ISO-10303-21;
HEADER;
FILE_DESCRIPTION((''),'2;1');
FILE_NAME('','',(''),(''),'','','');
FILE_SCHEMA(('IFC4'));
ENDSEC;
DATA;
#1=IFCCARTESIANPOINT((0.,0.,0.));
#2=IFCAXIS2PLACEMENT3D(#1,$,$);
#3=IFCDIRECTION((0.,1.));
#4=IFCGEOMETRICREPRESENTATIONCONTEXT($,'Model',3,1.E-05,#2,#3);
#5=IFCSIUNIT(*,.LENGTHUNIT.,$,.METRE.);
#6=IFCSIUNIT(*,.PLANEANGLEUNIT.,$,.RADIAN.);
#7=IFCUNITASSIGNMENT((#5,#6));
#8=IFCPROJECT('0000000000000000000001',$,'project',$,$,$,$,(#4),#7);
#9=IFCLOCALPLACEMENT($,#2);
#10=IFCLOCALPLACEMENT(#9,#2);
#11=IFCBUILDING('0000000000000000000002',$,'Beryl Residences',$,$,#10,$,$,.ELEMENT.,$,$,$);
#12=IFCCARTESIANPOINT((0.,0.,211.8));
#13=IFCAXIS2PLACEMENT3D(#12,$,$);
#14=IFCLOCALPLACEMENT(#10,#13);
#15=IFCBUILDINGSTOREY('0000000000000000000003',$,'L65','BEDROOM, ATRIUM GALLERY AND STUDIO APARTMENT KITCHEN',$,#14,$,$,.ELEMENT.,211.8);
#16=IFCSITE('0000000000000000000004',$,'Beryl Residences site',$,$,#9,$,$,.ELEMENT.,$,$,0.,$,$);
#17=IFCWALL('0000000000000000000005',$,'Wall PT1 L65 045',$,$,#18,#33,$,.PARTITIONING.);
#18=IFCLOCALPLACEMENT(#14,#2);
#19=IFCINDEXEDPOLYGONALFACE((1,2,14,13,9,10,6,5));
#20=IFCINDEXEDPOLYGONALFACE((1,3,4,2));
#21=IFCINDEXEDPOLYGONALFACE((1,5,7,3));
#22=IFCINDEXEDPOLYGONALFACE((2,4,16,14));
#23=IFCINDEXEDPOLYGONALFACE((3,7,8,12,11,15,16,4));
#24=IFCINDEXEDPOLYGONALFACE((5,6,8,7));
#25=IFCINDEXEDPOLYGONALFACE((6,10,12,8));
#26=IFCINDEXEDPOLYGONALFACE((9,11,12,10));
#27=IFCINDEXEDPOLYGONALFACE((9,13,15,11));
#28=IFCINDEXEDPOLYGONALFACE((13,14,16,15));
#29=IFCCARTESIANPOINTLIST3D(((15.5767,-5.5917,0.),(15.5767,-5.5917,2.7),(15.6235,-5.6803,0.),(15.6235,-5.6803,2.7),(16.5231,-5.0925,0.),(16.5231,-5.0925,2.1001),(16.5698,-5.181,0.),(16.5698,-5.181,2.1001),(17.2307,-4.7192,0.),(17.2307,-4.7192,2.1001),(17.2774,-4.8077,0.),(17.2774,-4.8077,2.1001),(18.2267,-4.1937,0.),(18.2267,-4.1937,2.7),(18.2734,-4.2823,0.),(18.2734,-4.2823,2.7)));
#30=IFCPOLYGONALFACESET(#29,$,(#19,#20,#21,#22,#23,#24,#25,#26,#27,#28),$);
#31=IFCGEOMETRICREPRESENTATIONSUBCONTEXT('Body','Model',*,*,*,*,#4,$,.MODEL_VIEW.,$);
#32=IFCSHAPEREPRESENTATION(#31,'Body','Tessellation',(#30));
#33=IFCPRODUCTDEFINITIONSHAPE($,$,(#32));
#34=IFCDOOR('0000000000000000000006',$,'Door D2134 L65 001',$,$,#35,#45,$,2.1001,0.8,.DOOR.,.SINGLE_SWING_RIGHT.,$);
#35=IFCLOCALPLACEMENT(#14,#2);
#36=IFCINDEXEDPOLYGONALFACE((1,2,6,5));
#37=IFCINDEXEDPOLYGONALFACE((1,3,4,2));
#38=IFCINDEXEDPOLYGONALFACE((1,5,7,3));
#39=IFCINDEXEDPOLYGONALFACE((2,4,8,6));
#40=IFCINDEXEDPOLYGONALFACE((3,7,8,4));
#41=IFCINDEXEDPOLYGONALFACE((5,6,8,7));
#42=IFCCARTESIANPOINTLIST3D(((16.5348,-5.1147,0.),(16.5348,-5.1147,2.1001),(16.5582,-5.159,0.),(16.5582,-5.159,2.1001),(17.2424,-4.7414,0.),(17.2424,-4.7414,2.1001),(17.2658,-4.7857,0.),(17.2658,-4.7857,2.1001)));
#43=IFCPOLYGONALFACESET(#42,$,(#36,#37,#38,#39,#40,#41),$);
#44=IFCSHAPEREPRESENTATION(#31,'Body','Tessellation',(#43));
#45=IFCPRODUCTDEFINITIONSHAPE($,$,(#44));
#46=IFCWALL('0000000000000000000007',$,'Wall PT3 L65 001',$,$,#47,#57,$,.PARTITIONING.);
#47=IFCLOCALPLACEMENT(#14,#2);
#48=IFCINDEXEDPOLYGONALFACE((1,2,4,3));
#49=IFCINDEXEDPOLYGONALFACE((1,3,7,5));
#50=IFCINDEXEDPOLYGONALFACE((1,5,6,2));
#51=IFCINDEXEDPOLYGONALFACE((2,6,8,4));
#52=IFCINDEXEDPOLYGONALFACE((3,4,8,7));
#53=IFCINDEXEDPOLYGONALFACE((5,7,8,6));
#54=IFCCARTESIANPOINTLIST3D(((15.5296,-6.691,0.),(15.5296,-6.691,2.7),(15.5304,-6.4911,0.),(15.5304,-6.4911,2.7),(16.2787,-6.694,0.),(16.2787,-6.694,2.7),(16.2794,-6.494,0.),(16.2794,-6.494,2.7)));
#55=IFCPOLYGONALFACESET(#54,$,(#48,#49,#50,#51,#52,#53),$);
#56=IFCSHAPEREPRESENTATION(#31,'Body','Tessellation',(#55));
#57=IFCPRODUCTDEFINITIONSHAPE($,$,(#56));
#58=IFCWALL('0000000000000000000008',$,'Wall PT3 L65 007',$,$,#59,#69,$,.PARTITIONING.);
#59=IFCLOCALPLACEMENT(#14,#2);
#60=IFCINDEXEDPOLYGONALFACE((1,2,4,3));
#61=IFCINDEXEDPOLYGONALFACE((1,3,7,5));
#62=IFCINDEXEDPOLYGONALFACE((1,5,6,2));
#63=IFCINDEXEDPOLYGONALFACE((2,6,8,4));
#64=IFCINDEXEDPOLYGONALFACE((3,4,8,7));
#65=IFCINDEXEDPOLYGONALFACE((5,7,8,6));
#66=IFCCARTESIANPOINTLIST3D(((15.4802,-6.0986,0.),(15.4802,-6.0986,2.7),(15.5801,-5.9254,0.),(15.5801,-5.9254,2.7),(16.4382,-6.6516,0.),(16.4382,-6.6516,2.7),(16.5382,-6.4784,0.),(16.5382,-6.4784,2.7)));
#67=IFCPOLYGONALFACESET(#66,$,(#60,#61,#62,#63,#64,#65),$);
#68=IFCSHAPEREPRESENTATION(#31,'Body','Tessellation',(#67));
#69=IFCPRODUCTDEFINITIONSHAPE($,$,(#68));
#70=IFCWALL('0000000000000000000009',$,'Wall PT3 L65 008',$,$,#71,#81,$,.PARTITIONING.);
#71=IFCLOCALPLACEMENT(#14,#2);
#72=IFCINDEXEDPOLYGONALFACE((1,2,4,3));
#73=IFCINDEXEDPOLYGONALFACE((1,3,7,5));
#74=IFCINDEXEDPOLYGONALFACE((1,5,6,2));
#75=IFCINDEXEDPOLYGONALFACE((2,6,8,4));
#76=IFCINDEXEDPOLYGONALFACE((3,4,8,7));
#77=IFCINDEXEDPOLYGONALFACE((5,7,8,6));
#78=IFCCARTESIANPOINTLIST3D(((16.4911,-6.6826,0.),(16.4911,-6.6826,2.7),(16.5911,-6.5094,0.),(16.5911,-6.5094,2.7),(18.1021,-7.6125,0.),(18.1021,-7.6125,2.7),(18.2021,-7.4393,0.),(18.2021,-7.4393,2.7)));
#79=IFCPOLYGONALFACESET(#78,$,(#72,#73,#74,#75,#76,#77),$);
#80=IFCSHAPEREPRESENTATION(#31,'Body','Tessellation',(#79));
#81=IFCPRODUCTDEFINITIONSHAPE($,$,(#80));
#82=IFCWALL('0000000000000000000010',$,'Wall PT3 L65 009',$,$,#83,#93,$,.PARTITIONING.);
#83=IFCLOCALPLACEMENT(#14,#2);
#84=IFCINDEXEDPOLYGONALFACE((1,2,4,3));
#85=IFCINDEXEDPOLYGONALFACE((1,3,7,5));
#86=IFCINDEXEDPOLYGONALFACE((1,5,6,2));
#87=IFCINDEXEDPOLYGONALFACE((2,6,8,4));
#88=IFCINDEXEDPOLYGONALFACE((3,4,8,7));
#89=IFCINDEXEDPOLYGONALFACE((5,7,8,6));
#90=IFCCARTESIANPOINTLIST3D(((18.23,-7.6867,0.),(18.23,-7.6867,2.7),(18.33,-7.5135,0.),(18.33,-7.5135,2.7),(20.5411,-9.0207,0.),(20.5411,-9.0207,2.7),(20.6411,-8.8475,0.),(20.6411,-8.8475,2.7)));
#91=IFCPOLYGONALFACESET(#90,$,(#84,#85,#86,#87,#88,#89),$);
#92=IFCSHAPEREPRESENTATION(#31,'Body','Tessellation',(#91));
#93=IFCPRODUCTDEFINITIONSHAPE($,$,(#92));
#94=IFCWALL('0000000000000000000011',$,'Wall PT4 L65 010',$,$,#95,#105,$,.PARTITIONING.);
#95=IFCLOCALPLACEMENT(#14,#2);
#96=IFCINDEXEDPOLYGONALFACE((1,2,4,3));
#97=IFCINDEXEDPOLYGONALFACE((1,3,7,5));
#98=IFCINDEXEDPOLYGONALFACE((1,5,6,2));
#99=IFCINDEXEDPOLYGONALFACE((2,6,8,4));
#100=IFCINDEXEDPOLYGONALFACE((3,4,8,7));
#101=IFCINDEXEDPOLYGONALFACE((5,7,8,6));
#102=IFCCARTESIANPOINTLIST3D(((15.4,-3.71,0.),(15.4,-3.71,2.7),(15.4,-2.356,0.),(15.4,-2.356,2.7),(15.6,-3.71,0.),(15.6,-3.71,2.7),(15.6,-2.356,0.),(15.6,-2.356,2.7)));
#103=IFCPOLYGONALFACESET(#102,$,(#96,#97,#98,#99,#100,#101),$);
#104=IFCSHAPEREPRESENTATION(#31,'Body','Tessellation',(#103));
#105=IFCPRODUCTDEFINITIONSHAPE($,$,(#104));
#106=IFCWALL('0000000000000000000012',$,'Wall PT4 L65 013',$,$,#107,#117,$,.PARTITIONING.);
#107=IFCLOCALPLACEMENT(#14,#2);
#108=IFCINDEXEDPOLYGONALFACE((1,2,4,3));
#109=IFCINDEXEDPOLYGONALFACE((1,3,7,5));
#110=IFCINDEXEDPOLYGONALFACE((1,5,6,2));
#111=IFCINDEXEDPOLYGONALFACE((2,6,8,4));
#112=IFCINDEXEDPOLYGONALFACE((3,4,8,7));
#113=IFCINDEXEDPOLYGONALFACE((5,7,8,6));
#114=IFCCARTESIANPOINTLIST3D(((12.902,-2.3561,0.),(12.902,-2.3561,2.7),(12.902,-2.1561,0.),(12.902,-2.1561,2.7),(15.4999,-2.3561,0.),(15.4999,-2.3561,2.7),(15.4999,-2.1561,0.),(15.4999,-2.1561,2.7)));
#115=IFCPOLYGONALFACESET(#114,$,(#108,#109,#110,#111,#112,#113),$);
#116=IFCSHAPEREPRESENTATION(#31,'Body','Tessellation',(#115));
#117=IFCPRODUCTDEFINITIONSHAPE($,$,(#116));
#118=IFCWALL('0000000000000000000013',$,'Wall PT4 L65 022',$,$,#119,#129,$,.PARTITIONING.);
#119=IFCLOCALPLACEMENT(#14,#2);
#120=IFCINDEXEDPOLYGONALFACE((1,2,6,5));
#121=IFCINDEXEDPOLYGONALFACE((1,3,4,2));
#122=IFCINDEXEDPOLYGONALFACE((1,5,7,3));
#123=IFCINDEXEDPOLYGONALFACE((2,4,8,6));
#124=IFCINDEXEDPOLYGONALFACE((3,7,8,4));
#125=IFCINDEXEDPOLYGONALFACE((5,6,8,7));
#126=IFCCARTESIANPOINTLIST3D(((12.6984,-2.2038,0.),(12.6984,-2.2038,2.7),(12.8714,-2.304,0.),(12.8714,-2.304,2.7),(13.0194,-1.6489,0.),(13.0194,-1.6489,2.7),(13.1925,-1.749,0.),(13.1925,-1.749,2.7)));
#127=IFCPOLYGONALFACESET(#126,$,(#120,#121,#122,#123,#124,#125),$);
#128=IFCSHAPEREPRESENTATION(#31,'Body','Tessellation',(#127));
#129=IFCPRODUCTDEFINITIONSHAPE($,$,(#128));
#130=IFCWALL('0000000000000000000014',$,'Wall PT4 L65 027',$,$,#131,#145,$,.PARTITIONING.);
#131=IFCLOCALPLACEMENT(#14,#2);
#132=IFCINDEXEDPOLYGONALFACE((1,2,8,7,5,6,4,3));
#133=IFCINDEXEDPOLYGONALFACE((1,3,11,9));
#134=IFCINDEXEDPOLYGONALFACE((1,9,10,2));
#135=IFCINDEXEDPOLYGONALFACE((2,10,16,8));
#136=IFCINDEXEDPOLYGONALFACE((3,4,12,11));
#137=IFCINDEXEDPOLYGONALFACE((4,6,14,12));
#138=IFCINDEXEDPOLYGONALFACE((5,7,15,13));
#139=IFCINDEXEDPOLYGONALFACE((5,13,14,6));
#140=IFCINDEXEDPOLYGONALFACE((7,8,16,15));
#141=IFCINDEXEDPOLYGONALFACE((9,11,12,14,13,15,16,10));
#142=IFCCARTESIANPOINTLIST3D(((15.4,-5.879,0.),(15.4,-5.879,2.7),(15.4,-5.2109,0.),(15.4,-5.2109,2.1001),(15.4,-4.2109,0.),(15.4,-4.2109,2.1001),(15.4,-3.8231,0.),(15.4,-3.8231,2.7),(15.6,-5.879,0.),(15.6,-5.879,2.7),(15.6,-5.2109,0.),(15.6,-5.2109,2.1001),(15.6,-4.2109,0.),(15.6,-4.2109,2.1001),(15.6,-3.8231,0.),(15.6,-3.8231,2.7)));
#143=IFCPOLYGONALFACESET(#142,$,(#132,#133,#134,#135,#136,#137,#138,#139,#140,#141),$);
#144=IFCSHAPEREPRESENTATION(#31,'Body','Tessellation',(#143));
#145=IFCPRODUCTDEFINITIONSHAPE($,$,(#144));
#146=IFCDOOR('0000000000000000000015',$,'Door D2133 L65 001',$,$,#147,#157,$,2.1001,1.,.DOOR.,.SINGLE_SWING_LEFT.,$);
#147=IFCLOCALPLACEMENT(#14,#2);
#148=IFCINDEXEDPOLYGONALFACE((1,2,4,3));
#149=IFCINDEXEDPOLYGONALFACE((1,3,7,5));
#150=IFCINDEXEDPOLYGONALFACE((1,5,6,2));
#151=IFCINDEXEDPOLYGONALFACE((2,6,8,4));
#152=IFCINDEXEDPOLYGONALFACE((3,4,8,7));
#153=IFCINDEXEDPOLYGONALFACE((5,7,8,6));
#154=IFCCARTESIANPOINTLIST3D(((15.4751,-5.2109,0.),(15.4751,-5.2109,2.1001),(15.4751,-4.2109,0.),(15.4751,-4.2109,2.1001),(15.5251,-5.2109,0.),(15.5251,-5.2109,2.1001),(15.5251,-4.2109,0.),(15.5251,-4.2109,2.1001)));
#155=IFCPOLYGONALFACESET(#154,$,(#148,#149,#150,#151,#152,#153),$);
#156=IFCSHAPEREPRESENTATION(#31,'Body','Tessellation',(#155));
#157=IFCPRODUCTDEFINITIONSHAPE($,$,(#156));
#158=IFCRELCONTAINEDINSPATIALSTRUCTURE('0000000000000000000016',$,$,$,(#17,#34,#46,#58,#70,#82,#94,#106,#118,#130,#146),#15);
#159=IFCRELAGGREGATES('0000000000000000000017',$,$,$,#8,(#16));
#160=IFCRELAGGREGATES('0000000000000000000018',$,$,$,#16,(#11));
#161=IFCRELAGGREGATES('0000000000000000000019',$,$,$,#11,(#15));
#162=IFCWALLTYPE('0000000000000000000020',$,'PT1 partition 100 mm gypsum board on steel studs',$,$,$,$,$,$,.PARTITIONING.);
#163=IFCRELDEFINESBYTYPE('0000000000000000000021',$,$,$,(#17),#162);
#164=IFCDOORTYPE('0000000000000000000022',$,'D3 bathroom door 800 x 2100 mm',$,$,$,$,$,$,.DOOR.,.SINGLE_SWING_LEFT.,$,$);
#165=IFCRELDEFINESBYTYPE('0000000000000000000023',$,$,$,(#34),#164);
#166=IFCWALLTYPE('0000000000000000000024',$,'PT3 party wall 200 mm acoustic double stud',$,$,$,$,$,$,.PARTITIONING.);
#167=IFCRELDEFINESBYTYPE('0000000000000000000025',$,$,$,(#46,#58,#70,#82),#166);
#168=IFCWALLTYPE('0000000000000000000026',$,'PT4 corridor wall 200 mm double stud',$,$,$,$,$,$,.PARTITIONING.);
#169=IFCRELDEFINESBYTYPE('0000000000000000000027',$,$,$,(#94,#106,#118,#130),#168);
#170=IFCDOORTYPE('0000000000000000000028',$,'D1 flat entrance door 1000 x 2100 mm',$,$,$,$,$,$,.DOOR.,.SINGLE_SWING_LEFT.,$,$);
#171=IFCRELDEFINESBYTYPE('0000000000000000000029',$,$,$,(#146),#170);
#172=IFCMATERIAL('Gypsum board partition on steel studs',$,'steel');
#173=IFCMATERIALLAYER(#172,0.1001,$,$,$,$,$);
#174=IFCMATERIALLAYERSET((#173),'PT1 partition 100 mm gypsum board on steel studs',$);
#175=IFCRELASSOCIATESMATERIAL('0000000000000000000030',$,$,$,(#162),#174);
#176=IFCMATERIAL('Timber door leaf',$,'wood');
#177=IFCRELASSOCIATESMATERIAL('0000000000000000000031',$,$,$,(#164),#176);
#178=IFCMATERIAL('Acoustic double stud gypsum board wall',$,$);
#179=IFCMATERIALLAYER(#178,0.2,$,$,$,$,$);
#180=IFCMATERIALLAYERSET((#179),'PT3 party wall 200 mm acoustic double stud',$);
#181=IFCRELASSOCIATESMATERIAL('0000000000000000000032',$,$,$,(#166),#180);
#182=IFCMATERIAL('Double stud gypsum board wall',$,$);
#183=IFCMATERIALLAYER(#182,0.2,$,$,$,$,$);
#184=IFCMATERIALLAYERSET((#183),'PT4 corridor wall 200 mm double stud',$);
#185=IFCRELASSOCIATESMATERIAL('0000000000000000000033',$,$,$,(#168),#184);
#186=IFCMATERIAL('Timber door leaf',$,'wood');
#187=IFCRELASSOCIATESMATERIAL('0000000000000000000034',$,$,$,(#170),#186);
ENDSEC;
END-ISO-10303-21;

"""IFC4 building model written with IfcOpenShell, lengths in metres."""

from ifc_helpers import new_model, si_unit, direction, frame, frame_2d, origin, place, context, subcontext, project, spatial, rectangle, extrude, material, layer, layer_set, type_object, element, fill, save


model = new_model("IFC4")

# Units and contexts
model_context = context("Model", 3, precision=1e-05, world=origin(), true_north=direction((0.0, 1.0)))
body_context = subcontext(model_context, "Body", "Model", "MODEL_VIEW")
ifc_project = project(units=[si_unit("LENGTHUNIT", "METRE"), si_unit("PLANEANGLEUNIT", "RADIAN")], contexts=[model_context])

# Site, building, storey
site_placement = place(None, origin())
site = spatial("IfcSite", under=ifc_project, at=site_placement, Name="Beryl Residences site", CompositionType="ELEMENT", RefElevation=0.0)
building_placement = place(site_placement, origin())
building = spatial("IfcBuilding", under=site, at=building_placement, Name="Beryl Residences", CompositionType="ELEMENT")
storey_placement = place(building_placement, frame((0.0, 0.0, 211.8)))
storey = spatial("IfcBuildingStorey", under=building, at=storey_placement, Name="L65", Description="BEDROOM, ATRIUM GALLERY AND STUDIO APARTMENT KITCHEN", CompositionType="ELEMENT", Elevation=211.8)

# Shared definitions
ifc_material_1 = material(Name="Gypsum board partition on steel studs", Category="steel")
ifc_layer_1 = layer(ifc_material_1, 0.1001)
ifc_layer_set_1 = layer_set([ifc_layer_1], Name="PT1 partition 100 mm gypsum board on steel studs")
wall_type_1 = type_object("IfcWallType", Name="PT1 partition 100 mm gypsum board on steel studs", PredefinedType="PARTITIONING", material=ifc_layer_set_1)

# Wall, opening, door
wall_1_placement = place(storey_placement, frame((15.6001, -5.636, 0.0), z_axis=(0.0, 0.0, 1.0), x_axis=(0.884469, 0.466599, 0.0)))
wall_1 = element("IfcWall", 1, at=wall_1_placement, inside=storey, type_object=wall_type_1, Name="Wall PT1 L65 045", PredefinedType="PARTITIONING", context=body_context, shape_type="SweptSolid", body=[
    extrude(rectangle(XDim=2.9961, YDim=0.1001, at=frame_2d((1.498, 0.0))), origin(), (0.0, 0.0, 1.0), 2.7),
])
opening_1_placement = place(wall_1_placement, frame((1.0701, 0.0, 0.0)))
opening_1 = element("IfcOpeningElement", 2, at=opening_1_placement, cuts=wall_1, PredefinedType="OPENING", context=body_context, shape_type="SweptSolid", body=[
    extrude(rectangle(XDim=0.8, YDim=2.1001, at=frame_2d((0.3999, 1.05))), frame((0.0, 0.0601, 0.0), z_axis=(0.0, -1.0, 0.0), x_axis=(1.0, 0.0, 0.0)), (0.0, 0.0, 1.0), 0.1201),
])
ifc_material_2 = material(Name="Timber door leaf", Category="wood")
door_type_1 = type_object("IfcDoorType", Name="D3 bathroom door 800 x 2100 mm", OperationType="SINGLE_SWING_LEFT", PredefinedType="DOOR", material=ifc_material_2)
door_1_placement = place(opening_1_placement, origin())
door_1 = element("IfcDoor", 3, at=door_1_placement, inside=storey, type_object=door_type_1, Name="Door D2134 L65 001", OperationType="SINGLE_SWING_RIGHT", OverallHeight=2.1001, OverallWidth=0.8, PredefinedType="DOOR", context=body_context, shape_type="SweptSolid", body=[
    extrude(rectangle(XDim=0.8, YDim=2.1001, at=frame_2d((0.3999, 1.05))), frame((0.0, 0.0249, 0.0), z_axis=(0.0, -1.0, 0.0), x_axis=(1.0, 0.0, 0.0)), (0.0, 0.0, 1.0), 0.05),
])
fill(opening_1, door_1)

# Walls
ifc_material_3 = material(Name="Acoustic double stud gypsum board wall")
ifc_layer_2 = layer(ifc_material_3, 0.2)
ifc_layer_set_2 = layer_set([ifc_layer_2], Name="PT3 party wall 200 mm acoustic double stud")
wall_type_2 = type_object("IfcWallType", Name="PT3 party wall 200 mm acoustic double stud", PredefinedType="PARTITIONING", material=ifc_layer_set_2)
wall_2_placement = place(storey_placement, frame((15.53, -6.5911, 0.0), z_axis=(0.0, 0.0, 1.0), x_axis=(0.999992, -0.003911, 0.0)))
element("IfcWall", 4, at=wall_2_placement, inside=storey, type_object=wall_type_2, Name="Wall PT3 L65 001", PredefinedType="PARTITIONING", context=body_context, shape_type="SweptSolid", body=[
    extrude(rectangle(XDim=0.749, YDim=0.2, at=frame_2d((0.3745, 0.0))), origin(), (0.0, 0.0, 1.0), 2.7),
])
wall_3_placement = place(storey_placement, frame((15.53, -6.012, 0.0), z_axis=(0.0, 0.0, 1.0), x_axis=(0.866075, -0.499914, 0.0)))
element("IfcWall", 5, at=wall_3_placement, inside=storey, type_object=wall_type_2, Name="Wall PT3 L65 007", PredefinedType="PARTITIONING", context=body_context, shape_type="SweptSolid", body=[
    extrude(rectangle(XDim=1.1062, YDim=0.2, at=frame_2d((0.5532, 0.0))), origin(), (0.0, 0.0, 1.0), 2.7),
])
wall_4_placement = place(storey_placement, frame((16.541, -6.5959, 0.0), z_axis=(0.0, 0.0, 1.0), x_axis=(0.866079, -0.499908, 0.0)))
element("IfcWall", 6, at=wall_4_placement, inside=storey, type_object=wall_type_2, Name="Wall PT3 L65 008", PredefinedType="PARTITIONING", context=body_context, shape_type="SweptSolid", body=[
    extrude(rectangle(XDim=1.8601, YDim=0.2, at=frame_2d((0.9302, 0.0))), origin(), (0.0, 0.0, 1.0), 2.7),
])
wall_5_placement = place(storey_placement, frame((18.28, -7.6001, 0.0), z_axis=(0.0, 0.0, 1.0), x_axis=(0.866073, -0.499918, 0.0)))
element("IfcWall", 7, at=wall_5_placement, inside=storey, type_object=wall_type_2, Name="Wall PT3 L65 009", PredefinedType="PARTITIONING", context=body_context, shape_type="SweptSolid", body=[
    extrude(rectangle(XDim=2.6685, YDim=0.2, at=frame_2d((1.3342, 0.0))), origin(), (0.0, 0.0, 1.0), 2.7),
])
ifc_material_4 = material(Name="Double stud gypsum board wall")
ifc_layer_3 = layer(ifc_material_4, 0.2)
ifc_layer_set_3 = layer_set([ifc_layer_3], Name="PT4 corridor wall 200 mm double stud")
wall_type_3 = type_object("IfcWallType", Name="PT4 corridor wall 200 mm double stud", PredefinedType="PARTITIONING", material=ifc_layer_set_3)
wall_6_placement = place(storey_placement, frame((15.5, -2.356, 0.0), z_axis=(0.0, 0.0, 1.0), x_axis=(0.0, -1.0, 0.0)))
element("IfcWall", 8, at=wall_6_placement, inside=storey, type_object=wall_type_3, Name="Wall PT4 L65 010", PredefinedType="PARTITIONING", context=body_context, shape_type="SweptSolid", body=[
    extrude(rectangle(XDim=1.354, YDim=0.2, at=frame_2d((0.677, 0.0))), origin(), (0.0, 0.0, 1.0), 2.7),
])
wall_7_placement = place(storey_placement, frame((12.9021, -2.2561, 0.0), z_axis=(0.0, 0.0, 1.0), x_axis=(1.0, 0.0, 0.0)))
element("IfcWall", 9, at=wall_7_placement, inside=storey, type_object=wall_type_3, Name="Wall PT4 L65 013", PredefinedType="PARTITIONING", context=body_context, shape_type="SweptSolid", body=[
    extrude(rectangle(XDim=2.5979, YDim=0.2, at=frame_2d((1.2988, 0.0))), origin(), (0.0, 0.0, 1.0), 2.7),
])
wall_8_placement = place(storey_placement, frame((12.7849, -2.2539, 0.0), z_axis=(0.0, 0.0, 1.0), x_axis=(0.500766, 0.865583, 0.0)))
element("IfcWall", 10, at=wall_8_placement, inside=storey, type_object=wall_type_3, Name="Wall PT4 L65 022", PredefinedType="PARTITIONING", context=body_context, shape_type="SweptSolid", body=[
    extrude(rectangle(XDim=0.6411, YDim=0.2, at=frame_2d((0.3206, 0.0))), origin(), (0.0, 0.0, 1.0), 2.7),
])

# Wall, opening, door
wall_9_placement = place(storey_placement, frame((15.5, -5.8789, 0.0), z_axis=(0.0, 0.0, 1.0), x_axis=(0.0, 1.0, 0.0)))
wall_9 = element("IfcWall", 11, at=wall_9_placement, inside=storey, type_object=wall_type_3, Name="Wall PT4 L65 027", PredefinedType="PARTITIONING", context=body_context, shape_type="SweptSolid", body=[
    extrude(rectangle(XDim=2.0559, YDim=0.2, at=frame_2d((1.0278, 0.0))), origin(), (0.0, 0.0, 1.0), 2.7),
])
opening_2_placement = place(wall_9_placement, frame((0.668, 0.0, 0.0)))
opening_2 = element("IfcOpeningElement", 12, at=opening_2_placement, cuts=wall_9, PredefinedType="OPENING", context=body_context, shape_type="SweptSolid", body=[
    extrude(rectangle(XDim=1.0, YDim=2.1001, at=frame_2d((0.5, 1.05))), frame((0.0, 0.1099, 0.0), z_axis=(0.0, -1.0, 0.0), x_axis=(1.0, 0.0, 0.0)), (0.0, 0.0, 1.0), 0.22),
])
ifc_material_5 = material(Name="Timber door leaf", Category="wood")
door_type_2 = type_object("IfcDoorType", Name="D1 flat entrance door 1000 x 2100 mm", OperationType="SINGLE_SWING_LEFT", PredefinedType="DOOR", material=ifc_material_5)
door_2_placement = place(opening_2_placement, origin())
door_2 = element("IfcDoor", 13, at=door_2_placement, inside=storey, type_object=door_type_2, Name="Door D2133 L65 001", OperationType="SINGLE_SWING_LEFT", OverallHeight=2.1001, OverallWidth=1.0, PredefinedType="DOOR", context=body_context, shape_type="SweptSolid", body=[
    extrude(rectangle(XDim=1.0, YDim=2.1001, at=frame_2d((0.5, 1.05))), frame((0.0, 0.0249, 0.0), z_axis=(0.0, -1.0, 0.0), x_axis=(1.0, 0.0, 0.0)), (0.0, 0.0, 1.0), 0.05),
])
fill(opening_2, door_2)

save(model, "model.ifc")
